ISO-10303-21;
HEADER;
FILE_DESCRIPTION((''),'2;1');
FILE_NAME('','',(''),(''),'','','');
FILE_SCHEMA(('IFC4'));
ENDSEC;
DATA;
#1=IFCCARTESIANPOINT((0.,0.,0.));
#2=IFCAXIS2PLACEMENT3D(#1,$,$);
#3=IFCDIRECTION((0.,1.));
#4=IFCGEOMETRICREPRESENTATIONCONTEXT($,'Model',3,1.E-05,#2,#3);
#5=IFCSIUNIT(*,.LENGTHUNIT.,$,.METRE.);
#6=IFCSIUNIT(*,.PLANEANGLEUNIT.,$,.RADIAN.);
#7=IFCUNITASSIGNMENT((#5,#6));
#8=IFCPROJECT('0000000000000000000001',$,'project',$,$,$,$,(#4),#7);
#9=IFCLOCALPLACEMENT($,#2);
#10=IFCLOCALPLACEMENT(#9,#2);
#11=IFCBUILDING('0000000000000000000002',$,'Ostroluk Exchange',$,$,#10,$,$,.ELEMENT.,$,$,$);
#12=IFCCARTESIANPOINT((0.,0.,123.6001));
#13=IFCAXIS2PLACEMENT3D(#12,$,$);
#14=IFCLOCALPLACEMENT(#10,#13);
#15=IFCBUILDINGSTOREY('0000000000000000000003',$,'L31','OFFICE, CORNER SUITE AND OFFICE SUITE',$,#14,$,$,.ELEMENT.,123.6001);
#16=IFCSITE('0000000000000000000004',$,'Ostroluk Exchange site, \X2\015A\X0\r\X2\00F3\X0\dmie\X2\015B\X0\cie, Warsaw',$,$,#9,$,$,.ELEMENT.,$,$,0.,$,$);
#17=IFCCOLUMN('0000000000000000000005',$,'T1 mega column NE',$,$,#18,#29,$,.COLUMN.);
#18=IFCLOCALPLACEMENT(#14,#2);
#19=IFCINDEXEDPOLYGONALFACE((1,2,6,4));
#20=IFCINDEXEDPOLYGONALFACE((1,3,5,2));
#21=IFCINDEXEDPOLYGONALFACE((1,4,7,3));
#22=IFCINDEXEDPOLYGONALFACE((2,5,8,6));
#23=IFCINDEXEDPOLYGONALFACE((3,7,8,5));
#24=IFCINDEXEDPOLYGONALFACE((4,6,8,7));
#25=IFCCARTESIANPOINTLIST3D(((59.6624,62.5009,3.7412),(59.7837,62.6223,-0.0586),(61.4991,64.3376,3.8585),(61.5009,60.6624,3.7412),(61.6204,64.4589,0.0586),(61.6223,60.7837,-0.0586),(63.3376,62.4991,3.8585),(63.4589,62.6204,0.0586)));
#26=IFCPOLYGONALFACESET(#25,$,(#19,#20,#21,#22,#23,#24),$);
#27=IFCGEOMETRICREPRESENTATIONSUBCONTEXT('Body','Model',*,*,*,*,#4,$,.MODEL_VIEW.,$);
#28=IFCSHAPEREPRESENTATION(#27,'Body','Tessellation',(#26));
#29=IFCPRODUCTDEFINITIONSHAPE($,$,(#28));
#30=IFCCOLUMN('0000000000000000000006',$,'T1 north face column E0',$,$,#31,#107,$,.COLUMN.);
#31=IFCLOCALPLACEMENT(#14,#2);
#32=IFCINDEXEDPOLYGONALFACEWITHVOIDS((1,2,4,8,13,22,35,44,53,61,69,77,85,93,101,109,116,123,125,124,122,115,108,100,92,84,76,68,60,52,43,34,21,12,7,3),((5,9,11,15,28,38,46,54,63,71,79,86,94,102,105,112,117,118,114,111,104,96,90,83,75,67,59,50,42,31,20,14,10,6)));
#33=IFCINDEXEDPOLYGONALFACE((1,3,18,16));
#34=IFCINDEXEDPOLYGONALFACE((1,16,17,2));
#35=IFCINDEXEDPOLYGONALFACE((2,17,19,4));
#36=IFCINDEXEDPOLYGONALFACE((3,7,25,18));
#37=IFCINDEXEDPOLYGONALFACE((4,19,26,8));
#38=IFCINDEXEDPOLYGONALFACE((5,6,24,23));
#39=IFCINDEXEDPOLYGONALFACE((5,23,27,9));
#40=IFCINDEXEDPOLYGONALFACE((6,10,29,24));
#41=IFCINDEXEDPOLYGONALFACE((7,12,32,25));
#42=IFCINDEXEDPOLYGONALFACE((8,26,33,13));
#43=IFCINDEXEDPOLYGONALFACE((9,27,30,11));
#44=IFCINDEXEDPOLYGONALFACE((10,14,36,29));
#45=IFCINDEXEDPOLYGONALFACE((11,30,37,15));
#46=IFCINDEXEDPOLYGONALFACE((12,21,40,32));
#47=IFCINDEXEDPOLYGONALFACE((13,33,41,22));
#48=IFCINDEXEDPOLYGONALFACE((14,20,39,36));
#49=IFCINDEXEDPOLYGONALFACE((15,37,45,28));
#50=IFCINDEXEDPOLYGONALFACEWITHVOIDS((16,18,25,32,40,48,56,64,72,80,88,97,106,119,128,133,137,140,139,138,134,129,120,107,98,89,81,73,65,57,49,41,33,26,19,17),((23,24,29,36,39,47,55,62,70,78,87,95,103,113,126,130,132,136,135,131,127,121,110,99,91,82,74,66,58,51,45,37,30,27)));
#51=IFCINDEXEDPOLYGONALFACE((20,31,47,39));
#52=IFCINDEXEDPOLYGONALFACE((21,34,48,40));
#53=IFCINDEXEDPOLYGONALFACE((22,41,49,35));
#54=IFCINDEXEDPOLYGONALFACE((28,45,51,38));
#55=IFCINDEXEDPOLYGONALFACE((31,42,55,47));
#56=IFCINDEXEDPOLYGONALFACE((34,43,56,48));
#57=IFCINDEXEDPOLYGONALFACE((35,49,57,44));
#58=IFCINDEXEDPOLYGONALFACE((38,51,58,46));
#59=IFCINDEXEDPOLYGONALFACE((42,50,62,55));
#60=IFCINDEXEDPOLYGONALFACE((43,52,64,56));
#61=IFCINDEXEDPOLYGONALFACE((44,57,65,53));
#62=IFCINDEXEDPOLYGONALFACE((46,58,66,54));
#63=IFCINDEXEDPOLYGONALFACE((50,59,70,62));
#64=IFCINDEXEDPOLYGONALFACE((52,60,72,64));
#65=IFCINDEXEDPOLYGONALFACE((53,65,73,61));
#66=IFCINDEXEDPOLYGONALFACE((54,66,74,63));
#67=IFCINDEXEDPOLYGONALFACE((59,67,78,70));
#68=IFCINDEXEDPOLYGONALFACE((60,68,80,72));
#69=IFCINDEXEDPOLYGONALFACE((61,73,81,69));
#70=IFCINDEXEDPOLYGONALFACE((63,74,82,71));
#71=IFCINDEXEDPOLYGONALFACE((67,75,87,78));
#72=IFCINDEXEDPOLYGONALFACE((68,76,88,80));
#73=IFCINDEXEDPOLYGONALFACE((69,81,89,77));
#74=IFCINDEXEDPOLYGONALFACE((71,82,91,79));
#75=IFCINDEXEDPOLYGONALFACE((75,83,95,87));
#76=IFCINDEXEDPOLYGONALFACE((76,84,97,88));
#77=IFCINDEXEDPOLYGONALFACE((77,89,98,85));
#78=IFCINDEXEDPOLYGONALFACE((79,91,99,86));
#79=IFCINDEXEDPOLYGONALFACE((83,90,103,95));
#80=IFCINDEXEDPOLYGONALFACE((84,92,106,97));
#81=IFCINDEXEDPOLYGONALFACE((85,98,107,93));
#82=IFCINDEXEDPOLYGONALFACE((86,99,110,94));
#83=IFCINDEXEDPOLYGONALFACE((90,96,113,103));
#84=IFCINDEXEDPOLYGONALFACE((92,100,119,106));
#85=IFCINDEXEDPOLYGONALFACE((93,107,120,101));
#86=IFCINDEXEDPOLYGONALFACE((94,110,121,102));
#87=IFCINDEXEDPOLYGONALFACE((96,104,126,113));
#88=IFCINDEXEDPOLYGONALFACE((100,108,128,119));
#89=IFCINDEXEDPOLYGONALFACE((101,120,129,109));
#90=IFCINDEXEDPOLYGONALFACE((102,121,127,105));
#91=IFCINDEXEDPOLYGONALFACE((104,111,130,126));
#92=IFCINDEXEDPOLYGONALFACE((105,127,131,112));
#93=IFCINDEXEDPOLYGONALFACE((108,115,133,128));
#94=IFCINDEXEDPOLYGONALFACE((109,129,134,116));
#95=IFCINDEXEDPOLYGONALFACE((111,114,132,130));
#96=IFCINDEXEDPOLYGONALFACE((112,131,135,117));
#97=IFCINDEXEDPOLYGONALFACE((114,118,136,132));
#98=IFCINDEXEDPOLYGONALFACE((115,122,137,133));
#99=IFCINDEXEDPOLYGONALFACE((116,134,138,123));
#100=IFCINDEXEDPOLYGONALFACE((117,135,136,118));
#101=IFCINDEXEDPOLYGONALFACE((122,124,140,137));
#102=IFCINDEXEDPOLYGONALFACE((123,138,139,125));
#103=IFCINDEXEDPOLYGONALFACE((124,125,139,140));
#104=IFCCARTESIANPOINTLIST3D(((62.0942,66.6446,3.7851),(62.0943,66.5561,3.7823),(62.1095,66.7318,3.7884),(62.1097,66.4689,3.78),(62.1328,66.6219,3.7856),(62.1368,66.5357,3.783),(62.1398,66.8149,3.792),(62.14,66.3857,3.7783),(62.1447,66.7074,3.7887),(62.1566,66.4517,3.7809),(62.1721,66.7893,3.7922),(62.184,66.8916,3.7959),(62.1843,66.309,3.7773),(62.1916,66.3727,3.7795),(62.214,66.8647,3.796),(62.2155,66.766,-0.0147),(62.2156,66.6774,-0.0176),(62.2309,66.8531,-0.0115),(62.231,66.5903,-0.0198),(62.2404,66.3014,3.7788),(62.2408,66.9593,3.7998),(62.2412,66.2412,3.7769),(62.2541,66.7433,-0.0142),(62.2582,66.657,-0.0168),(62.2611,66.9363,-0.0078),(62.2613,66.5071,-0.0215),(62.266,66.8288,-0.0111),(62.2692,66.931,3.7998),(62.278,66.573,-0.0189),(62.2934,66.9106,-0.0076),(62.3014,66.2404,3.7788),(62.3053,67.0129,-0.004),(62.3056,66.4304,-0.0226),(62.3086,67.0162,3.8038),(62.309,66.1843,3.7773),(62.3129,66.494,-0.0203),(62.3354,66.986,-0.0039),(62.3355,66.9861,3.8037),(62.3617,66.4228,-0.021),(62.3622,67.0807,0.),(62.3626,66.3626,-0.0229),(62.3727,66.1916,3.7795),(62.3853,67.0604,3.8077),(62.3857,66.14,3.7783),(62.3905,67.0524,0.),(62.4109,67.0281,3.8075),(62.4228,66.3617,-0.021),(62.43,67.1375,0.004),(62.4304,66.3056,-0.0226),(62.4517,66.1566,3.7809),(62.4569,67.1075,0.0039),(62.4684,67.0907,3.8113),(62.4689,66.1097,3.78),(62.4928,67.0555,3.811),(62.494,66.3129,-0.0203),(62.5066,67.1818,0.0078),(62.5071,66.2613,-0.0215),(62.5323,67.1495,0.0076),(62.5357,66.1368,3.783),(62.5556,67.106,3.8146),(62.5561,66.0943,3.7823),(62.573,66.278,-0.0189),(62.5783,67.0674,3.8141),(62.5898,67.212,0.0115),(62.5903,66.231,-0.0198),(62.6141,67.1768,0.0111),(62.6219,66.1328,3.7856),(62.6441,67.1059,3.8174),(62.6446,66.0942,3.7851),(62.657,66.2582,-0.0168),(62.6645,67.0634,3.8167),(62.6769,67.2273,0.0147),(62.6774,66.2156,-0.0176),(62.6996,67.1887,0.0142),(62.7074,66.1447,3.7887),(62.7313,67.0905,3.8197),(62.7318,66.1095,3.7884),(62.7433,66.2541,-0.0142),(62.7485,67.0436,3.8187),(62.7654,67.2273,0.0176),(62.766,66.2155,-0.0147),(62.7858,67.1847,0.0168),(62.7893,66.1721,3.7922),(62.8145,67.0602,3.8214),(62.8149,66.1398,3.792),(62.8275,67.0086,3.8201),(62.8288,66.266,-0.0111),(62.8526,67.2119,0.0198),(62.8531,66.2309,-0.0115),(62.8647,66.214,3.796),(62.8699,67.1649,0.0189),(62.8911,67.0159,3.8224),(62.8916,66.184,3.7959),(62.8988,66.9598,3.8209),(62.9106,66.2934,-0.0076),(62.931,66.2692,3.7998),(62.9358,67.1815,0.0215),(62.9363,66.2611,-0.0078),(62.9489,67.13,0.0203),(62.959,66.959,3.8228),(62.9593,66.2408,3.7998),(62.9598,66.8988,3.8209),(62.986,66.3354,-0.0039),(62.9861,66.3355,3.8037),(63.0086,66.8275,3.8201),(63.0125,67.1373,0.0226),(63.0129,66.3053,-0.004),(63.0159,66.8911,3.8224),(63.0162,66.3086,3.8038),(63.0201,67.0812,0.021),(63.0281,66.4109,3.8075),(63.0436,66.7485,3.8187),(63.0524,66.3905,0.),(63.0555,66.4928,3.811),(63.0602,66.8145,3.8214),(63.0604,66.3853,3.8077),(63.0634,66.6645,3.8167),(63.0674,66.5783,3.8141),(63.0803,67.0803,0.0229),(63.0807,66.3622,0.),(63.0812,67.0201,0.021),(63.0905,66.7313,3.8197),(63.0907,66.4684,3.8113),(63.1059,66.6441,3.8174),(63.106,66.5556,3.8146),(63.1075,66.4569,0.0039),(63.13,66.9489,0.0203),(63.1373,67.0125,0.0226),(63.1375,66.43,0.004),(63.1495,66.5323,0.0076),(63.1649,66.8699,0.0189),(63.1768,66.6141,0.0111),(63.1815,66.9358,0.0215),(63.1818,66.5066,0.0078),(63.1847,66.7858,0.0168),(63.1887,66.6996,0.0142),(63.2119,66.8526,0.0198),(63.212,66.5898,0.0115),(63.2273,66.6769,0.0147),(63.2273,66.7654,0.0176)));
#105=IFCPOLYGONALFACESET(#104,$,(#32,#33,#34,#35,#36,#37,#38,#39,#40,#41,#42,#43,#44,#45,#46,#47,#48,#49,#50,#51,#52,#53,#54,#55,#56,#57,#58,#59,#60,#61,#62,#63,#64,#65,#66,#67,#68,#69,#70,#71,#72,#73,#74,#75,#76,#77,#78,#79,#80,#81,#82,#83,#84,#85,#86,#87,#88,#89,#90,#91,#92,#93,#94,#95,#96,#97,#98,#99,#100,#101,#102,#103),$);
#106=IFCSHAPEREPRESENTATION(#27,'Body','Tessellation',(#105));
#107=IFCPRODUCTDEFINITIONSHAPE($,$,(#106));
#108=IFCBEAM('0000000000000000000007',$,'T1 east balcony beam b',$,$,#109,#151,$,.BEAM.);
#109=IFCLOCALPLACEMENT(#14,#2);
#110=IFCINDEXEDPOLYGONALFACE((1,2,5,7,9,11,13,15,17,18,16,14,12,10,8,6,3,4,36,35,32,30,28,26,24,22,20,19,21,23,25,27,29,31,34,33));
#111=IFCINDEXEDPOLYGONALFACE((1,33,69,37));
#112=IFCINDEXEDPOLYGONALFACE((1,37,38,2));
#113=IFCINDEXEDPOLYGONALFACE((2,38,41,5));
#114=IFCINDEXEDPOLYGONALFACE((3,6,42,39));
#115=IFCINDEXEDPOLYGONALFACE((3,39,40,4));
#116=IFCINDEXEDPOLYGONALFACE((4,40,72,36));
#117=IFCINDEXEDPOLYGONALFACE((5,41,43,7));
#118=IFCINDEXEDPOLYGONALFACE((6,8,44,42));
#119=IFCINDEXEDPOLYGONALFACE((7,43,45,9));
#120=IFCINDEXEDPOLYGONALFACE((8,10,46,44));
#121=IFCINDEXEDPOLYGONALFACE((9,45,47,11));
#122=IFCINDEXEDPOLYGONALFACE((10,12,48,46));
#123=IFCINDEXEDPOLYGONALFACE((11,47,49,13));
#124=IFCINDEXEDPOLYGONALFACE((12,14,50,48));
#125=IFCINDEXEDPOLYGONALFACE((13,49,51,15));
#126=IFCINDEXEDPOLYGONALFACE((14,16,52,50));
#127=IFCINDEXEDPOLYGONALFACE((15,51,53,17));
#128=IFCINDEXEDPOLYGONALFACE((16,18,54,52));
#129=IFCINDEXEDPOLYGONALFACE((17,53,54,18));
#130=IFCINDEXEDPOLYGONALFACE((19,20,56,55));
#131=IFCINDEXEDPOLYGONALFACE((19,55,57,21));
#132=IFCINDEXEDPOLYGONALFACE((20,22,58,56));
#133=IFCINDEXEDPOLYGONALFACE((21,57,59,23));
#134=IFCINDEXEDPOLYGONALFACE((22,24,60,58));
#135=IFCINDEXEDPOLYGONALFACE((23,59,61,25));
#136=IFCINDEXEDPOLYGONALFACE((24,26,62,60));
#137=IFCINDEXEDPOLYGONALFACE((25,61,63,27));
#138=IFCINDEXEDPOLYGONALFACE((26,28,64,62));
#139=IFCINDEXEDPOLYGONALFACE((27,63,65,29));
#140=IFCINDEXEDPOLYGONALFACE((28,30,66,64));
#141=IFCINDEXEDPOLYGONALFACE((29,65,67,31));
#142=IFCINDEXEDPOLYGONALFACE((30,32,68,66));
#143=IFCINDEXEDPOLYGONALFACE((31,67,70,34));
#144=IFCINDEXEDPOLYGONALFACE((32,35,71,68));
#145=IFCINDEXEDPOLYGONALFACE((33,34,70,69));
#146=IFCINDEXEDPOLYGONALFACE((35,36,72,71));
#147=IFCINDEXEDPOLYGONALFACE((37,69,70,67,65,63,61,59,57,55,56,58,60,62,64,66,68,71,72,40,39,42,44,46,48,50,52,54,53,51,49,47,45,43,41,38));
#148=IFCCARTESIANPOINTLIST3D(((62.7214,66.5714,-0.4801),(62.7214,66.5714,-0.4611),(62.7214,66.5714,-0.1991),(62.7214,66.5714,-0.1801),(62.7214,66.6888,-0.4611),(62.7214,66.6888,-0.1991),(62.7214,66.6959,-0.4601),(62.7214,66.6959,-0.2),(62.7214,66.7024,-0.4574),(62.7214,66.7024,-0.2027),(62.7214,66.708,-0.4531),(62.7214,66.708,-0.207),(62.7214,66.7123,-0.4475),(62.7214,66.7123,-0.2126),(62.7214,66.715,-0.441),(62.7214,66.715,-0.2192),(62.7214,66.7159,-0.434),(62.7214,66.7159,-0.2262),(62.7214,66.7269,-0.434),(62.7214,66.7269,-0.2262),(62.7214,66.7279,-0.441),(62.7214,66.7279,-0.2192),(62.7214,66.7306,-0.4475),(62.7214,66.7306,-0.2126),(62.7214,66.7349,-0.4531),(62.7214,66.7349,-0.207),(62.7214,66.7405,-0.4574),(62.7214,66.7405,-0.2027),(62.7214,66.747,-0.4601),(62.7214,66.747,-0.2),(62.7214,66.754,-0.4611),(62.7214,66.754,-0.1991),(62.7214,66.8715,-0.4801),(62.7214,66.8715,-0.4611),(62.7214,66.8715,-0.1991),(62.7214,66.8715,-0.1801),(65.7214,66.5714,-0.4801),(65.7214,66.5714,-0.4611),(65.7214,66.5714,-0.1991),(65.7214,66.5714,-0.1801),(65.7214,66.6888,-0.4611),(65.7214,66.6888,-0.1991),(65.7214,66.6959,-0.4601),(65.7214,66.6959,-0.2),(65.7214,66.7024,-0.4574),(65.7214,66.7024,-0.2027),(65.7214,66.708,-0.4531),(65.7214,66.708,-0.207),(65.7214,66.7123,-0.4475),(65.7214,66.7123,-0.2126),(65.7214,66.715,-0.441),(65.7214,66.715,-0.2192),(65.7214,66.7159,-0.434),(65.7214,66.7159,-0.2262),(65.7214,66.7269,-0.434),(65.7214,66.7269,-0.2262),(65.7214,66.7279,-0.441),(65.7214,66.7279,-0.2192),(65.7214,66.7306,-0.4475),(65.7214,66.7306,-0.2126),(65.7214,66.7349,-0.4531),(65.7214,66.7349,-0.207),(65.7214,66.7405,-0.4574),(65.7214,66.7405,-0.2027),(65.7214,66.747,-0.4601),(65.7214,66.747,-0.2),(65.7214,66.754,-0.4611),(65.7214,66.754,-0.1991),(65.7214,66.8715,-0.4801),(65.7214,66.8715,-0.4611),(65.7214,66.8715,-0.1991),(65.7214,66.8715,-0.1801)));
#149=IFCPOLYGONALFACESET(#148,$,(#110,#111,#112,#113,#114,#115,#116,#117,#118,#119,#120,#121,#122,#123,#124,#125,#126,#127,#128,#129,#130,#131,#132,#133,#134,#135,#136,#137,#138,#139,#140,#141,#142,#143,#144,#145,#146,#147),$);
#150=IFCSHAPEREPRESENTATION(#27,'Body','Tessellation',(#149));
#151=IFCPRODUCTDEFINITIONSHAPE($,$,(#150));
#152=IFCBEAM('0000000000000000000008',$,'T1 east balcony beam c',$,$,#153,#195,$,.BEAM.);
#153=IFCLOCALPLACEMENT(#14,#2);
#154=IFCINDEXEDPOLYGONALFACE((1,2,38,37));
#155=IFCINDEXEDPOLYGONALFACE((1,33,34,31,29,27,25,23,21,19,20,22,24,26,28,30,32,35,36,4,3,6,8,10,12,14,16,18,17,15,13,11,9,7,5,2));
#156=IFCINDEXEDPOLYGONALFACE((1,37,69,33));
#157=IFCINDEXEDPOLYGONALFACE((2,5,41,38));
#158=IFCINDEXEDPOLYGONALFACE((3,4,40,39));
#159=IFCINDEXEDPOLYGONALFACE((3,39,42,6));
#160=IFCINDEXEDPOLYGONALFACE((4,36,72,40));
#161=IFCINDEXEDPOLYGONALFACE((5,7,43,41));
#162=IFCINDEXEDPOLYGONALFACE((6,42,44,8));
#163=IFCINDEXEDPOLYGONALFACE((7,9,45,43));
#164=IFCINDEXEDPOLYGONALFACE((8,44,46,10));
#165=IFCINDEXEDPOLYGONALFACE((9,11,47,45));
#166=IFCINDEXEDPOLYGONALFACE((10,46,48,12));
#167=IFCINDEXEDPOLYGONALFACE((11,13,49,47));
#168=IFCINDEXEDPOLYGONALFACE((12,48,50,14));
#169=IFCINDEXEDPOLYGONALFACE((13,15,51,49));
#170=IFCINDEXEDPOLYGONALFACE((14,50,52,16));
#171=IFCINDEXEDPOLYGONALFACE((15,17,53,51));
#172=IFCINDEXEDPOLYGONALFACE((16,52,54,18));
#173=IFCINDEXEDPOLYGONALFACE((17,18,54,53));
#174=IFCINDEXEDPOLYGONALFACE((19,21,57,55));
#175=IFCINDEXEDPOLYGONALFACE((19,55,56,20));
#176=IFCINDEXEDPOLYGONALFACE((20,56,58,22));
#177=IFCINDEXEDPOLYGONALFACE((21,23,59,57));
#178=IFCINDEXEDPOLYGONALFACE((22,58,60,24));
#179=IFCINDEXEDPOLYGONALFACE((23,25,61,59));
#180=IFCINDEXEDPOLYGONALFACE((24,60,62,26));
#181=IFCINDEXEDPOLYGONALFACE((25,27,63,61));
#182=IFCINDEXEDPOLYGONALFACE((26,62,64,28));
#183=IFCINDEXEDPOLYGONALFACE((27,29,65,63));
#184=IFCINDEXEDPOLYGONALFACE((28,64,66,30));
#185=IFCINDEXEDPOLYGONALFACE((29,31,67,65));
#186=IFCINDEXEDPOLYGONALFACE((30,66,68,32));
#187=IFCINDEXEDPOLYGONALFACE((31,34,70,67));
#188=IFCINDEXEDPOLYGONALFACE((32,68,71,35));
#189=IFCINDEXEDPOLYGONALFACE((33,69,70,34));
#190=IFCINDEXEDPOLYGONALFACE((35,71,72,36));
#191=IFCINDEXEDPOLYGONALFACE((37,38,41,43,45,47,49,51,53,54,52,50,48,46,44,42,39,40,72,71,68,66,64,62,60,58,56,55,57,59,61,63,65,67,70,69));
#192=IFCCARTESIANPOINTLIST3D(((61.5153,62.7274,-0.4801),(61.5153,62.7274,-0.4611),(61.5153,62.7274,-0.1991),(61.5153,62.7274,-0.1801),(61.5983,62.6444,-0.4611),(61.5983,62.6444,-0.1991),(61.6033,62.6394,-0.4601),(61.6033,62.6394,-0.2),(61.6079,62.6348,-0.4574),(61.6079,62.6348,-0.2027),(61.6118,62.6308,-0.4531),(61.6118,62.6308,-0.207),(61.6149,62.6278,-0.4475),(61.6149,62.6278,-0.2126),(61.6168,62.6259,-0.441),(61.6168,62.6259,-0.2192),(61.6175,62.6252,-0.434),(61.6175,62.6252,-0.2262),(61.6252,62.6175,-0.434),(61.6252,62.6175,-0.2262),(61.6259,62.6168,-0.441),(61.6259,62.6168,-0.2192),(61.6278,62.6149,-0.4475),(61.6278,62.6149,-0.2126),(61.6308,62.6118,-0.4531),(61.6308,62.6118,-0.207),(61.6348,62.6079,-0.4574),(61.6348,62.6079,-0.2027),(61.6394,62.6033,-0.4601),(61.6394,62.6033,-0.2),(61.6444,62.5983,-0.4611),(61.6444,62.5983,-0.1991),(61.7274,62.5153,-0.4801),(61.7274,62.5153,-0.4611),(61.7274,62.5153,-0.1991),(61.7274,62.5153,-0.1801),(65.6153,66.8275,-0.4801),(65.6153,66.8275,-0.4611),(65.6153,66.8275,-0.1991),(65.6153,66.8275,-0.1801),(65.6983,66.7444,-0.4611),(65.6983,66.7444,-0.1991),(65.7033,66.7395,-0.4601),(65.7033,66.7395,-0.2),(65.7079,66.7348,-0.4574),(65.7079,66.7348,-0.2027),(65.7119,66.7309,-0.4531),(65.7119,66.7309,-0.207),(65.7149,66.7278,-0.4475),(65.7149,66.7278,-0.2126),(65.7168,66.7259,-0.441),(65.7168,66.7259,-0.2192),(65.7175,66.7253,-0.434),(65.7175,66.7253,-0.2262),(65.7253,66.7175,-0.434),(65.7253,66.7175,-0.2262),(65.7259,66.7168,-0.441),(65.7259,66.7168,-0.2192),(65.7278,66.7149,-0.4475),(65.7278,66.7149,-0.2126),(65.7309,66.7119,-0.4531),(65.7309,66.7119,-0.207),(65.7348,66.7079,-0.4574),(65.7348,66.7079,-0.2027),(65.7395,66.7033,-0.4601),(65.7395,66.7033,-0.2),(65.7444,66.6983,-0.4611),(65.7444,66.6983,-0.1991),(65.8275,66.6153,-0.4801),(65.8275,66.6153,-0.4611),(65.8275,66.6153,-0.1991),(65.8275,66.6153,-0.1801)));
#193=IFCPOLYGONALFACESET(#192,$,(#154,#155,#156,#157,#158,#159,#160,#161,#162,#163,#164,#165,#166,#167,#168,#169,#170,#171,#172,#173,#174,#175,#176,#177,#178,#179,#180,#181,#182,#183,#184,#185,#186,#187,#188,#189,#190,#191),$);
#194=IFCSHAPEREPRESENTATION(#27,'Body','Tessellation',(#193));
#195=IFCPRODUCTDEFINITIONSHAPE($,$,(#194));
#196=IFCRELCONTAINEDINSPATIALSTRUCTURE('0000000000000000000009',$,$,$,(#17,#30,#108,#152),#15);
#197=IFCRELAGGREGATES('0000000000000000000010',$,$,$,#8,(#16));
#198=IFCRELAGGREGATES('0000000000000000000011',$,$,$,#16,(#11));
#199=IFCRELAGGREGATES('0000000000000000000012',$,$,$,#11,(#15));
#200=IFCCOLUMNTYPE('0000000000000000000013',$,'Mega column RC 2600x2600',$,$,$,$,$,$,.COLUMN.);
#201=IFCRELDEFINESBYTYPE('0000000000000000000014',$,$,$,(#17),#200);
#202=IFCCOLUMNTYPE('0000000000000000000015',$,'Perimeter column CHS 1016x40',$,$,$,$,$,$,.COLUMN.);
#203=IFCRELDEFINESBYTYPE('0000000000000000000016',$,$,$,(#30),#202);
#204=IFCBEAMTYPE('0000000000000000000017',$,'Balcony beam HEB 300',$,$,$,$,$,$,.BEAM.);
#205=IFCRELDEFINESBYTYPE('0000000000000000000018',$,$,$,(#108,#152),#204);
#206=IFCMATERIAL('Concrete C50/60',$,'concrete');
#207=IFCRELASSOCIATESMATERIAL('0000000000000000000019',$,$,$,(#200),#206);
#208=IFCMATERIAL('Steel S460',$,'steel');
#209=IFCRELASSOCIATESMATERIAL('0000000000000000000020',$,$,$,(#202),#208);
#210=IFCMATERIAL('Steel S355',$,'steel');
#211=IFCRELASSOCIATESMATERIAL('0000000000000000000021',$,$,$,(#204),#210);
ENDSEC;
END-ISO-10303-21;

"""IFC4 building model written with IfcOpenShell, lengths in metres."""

from ifc_helpers import new_model, si_unit, direction, frame, origin, origin_2d, place, context, subcontext, project, spatial, rectangle, hollow_circle, i_section, extrude, material, material_profile, profile_set, type_object, element, save


model = new_model("IFC4")

# Units and contexts
model_context = context("Model", 3, precision=1e-05, world=origin(), true_north=direction((0.0, 1.0)))
body_context = subcontext(model_context, "Body", "Model", "MODEL_VIEW")
ifc_project = project(units=[si_unit("LENGTHUNIT", "METRE"), si_unit("PLANEANGLEUNIT", "RADIAN")], contexts=[model_context])

# Site, building, storey
site_placement = place(None, origin())
site = spatial("IfcSite", under=ifc_project, at=site_placement, Name="Ostroluk Exchange site, Śródmieście, Warsaw", CompositionType="ELEMENT", RefElevation=0.0)
building_placement = place(site_placement, origin())
building = spatial("IfcBuilding", under=site, at=building_placement, Name="Ostroluk Exchange", CompositionType="ELEMENT")
storey_placement = place(building_placement, frame((0.0, 0.0, 123.6001)))
storey = spatial("IfcBuildingStorey", under=building, at=storey_placement, Name="L31", Description="OFFICE, CORNER SUITE AND OFFICE SUITE", CompositionType="ELEMENT", Elevation=123.6001)

# Columns
ifc_material_1 = material(Name="Concrete C50/60", Category="concrete")
ifc_material_profile_1 = material_profile(ifc_material_1, rectangle(XDim=2.6001, YDim=2.6001, at=origin_2d()), Name="RC 2600x2600")
ifc_profile_set_1 = profile_set([ifc_material_profile_1], Name="Concrete C50/60")
column_type_1 = type_object("IfcColumnType", Name="Mega column RC 2600x2600", PredefinedType="COLUMN", material=ifc_profile_set_1)
column_1_placement = place(storey_placement, frame((61.6213, 62.6213, 0.0), z_axis=(-0.0319, -0.0319, 0.998982), x_axis=(0.707107, -0.707107, 0.0)))
element("IfcColumn", 1, at=column_1_placement, inside=storey, type_object=column_type_1, Name="T1 mega column NE", PredefinedType="COLUMN", context=body_context, shape_type="SweptSolid", body=[
    extrude(rectangle(XDim=2.6001, YDim=2.6001, at=origin_2d()), origin(), (0.0, 0.0, 1.0), 3.8037),
])
ifc_material_2 = material(Name="Steel S460", Category="steel")
ifc_material_profile_2 = material_profile(ifc_material_2, hollow_circle(Radius=0.5081, WallThickness=0.04, at=origin_2d()), Name="CHS 1016x40")
ifc_profile_set_2 = profile_set([ifc_material_profile_2], Name="Steel S460")
column_type_2 = type_object("IfcColumnType", Name="Perimeter column CHS 1016x40", PredefinedType="COLUMN", material=ifc_profile_set_2)
column_2_placement = place(storey_placement, frame((62.7214, 66.7214, 0.0), z_axis=(-0.0319, -0.0319, 0.998982), x_axis=(0.707107, -0.707107, 0.0)))
element("IfcColumn", 2, at=column_2_placement, inside=storey, type_object=column_type_2, Name="T1 north face column E0", PredefinedType="COLUMN", context=body_context, shape_type="SweptSolid", body=[
    extrude(hollow_circle(Radius=0.5081, WallThickness=0.04, at=origin_2d()), origin(), (0.0, 0.0, 1.0), 3.8037),
])

# Beams
ifc_material_3 = material(Name="Steel S355", Category="steel")
ifc_material_profile_3 = material_profile(ifc_material_3, i_section(OverallWidth=0.3, OverallDepth=0.3, WebThickness=0.011, FlangeThickness=0.019, FilletRadius=0.0271, at=origin_2d()), Name="HEB 300")
ifc_profile_set_3 = profile_set([ifc_material_profile_3], Name="Steel S355")
beam_type_1 = type_object("IfcBeamType", Name="Balcony beam HEB 300", PredefinedType="BEAM", material=ifc_profile_set_3)
beam_1_placement = place(storey_placement, frame((62.7214, 66.7214, -0.3301), z_axis=(1.0, 0.0, 0.0), x_axis=(0.0, 1.0, 0.0)))
element("IfcBeam", 3, at=beam_1_placement, inside=storey, type_object=beam_type_1, Name="T1 east balcony beam b", PredefinedType="BEAM", context=body_context, shape_type="SweptSolid", body=[
    extrude(i_section(OverallWidth=0.3, OverallDepth=0.3, WebThickness=0.011, FlangeThickness=0.019, FilletRadius=0.0271, at=origin_2d()), origin(), (0.0, 0.0, 1.0), 3.0),
])
beam_2_placement = place(storey_placement, frame((61.6213, 62.6213, -0.3301), z_axis=(0.707107, 0.707107, 0.0), x_axis=(-0.707107, 0.707107, 0.0)))
element("IfcBeam", 4, at=beam_2_placement, inside=storey, type_object=beam_type_1, Name="T1 east balcony beam c", PredefinedType="BEAM", context=body_context, shape_type="SweptSolid", body=[
    extrude(i_section(OverallWidth=0.3, OverallDepth=0.3, WebThickness=0.011, FlangeThickness=0.019, FilletRadius=0.0271, at=origin_2d()), origin(), (0.0, 0.0, 1.0), 5.7983),
])

save(model, "model.ifc")
